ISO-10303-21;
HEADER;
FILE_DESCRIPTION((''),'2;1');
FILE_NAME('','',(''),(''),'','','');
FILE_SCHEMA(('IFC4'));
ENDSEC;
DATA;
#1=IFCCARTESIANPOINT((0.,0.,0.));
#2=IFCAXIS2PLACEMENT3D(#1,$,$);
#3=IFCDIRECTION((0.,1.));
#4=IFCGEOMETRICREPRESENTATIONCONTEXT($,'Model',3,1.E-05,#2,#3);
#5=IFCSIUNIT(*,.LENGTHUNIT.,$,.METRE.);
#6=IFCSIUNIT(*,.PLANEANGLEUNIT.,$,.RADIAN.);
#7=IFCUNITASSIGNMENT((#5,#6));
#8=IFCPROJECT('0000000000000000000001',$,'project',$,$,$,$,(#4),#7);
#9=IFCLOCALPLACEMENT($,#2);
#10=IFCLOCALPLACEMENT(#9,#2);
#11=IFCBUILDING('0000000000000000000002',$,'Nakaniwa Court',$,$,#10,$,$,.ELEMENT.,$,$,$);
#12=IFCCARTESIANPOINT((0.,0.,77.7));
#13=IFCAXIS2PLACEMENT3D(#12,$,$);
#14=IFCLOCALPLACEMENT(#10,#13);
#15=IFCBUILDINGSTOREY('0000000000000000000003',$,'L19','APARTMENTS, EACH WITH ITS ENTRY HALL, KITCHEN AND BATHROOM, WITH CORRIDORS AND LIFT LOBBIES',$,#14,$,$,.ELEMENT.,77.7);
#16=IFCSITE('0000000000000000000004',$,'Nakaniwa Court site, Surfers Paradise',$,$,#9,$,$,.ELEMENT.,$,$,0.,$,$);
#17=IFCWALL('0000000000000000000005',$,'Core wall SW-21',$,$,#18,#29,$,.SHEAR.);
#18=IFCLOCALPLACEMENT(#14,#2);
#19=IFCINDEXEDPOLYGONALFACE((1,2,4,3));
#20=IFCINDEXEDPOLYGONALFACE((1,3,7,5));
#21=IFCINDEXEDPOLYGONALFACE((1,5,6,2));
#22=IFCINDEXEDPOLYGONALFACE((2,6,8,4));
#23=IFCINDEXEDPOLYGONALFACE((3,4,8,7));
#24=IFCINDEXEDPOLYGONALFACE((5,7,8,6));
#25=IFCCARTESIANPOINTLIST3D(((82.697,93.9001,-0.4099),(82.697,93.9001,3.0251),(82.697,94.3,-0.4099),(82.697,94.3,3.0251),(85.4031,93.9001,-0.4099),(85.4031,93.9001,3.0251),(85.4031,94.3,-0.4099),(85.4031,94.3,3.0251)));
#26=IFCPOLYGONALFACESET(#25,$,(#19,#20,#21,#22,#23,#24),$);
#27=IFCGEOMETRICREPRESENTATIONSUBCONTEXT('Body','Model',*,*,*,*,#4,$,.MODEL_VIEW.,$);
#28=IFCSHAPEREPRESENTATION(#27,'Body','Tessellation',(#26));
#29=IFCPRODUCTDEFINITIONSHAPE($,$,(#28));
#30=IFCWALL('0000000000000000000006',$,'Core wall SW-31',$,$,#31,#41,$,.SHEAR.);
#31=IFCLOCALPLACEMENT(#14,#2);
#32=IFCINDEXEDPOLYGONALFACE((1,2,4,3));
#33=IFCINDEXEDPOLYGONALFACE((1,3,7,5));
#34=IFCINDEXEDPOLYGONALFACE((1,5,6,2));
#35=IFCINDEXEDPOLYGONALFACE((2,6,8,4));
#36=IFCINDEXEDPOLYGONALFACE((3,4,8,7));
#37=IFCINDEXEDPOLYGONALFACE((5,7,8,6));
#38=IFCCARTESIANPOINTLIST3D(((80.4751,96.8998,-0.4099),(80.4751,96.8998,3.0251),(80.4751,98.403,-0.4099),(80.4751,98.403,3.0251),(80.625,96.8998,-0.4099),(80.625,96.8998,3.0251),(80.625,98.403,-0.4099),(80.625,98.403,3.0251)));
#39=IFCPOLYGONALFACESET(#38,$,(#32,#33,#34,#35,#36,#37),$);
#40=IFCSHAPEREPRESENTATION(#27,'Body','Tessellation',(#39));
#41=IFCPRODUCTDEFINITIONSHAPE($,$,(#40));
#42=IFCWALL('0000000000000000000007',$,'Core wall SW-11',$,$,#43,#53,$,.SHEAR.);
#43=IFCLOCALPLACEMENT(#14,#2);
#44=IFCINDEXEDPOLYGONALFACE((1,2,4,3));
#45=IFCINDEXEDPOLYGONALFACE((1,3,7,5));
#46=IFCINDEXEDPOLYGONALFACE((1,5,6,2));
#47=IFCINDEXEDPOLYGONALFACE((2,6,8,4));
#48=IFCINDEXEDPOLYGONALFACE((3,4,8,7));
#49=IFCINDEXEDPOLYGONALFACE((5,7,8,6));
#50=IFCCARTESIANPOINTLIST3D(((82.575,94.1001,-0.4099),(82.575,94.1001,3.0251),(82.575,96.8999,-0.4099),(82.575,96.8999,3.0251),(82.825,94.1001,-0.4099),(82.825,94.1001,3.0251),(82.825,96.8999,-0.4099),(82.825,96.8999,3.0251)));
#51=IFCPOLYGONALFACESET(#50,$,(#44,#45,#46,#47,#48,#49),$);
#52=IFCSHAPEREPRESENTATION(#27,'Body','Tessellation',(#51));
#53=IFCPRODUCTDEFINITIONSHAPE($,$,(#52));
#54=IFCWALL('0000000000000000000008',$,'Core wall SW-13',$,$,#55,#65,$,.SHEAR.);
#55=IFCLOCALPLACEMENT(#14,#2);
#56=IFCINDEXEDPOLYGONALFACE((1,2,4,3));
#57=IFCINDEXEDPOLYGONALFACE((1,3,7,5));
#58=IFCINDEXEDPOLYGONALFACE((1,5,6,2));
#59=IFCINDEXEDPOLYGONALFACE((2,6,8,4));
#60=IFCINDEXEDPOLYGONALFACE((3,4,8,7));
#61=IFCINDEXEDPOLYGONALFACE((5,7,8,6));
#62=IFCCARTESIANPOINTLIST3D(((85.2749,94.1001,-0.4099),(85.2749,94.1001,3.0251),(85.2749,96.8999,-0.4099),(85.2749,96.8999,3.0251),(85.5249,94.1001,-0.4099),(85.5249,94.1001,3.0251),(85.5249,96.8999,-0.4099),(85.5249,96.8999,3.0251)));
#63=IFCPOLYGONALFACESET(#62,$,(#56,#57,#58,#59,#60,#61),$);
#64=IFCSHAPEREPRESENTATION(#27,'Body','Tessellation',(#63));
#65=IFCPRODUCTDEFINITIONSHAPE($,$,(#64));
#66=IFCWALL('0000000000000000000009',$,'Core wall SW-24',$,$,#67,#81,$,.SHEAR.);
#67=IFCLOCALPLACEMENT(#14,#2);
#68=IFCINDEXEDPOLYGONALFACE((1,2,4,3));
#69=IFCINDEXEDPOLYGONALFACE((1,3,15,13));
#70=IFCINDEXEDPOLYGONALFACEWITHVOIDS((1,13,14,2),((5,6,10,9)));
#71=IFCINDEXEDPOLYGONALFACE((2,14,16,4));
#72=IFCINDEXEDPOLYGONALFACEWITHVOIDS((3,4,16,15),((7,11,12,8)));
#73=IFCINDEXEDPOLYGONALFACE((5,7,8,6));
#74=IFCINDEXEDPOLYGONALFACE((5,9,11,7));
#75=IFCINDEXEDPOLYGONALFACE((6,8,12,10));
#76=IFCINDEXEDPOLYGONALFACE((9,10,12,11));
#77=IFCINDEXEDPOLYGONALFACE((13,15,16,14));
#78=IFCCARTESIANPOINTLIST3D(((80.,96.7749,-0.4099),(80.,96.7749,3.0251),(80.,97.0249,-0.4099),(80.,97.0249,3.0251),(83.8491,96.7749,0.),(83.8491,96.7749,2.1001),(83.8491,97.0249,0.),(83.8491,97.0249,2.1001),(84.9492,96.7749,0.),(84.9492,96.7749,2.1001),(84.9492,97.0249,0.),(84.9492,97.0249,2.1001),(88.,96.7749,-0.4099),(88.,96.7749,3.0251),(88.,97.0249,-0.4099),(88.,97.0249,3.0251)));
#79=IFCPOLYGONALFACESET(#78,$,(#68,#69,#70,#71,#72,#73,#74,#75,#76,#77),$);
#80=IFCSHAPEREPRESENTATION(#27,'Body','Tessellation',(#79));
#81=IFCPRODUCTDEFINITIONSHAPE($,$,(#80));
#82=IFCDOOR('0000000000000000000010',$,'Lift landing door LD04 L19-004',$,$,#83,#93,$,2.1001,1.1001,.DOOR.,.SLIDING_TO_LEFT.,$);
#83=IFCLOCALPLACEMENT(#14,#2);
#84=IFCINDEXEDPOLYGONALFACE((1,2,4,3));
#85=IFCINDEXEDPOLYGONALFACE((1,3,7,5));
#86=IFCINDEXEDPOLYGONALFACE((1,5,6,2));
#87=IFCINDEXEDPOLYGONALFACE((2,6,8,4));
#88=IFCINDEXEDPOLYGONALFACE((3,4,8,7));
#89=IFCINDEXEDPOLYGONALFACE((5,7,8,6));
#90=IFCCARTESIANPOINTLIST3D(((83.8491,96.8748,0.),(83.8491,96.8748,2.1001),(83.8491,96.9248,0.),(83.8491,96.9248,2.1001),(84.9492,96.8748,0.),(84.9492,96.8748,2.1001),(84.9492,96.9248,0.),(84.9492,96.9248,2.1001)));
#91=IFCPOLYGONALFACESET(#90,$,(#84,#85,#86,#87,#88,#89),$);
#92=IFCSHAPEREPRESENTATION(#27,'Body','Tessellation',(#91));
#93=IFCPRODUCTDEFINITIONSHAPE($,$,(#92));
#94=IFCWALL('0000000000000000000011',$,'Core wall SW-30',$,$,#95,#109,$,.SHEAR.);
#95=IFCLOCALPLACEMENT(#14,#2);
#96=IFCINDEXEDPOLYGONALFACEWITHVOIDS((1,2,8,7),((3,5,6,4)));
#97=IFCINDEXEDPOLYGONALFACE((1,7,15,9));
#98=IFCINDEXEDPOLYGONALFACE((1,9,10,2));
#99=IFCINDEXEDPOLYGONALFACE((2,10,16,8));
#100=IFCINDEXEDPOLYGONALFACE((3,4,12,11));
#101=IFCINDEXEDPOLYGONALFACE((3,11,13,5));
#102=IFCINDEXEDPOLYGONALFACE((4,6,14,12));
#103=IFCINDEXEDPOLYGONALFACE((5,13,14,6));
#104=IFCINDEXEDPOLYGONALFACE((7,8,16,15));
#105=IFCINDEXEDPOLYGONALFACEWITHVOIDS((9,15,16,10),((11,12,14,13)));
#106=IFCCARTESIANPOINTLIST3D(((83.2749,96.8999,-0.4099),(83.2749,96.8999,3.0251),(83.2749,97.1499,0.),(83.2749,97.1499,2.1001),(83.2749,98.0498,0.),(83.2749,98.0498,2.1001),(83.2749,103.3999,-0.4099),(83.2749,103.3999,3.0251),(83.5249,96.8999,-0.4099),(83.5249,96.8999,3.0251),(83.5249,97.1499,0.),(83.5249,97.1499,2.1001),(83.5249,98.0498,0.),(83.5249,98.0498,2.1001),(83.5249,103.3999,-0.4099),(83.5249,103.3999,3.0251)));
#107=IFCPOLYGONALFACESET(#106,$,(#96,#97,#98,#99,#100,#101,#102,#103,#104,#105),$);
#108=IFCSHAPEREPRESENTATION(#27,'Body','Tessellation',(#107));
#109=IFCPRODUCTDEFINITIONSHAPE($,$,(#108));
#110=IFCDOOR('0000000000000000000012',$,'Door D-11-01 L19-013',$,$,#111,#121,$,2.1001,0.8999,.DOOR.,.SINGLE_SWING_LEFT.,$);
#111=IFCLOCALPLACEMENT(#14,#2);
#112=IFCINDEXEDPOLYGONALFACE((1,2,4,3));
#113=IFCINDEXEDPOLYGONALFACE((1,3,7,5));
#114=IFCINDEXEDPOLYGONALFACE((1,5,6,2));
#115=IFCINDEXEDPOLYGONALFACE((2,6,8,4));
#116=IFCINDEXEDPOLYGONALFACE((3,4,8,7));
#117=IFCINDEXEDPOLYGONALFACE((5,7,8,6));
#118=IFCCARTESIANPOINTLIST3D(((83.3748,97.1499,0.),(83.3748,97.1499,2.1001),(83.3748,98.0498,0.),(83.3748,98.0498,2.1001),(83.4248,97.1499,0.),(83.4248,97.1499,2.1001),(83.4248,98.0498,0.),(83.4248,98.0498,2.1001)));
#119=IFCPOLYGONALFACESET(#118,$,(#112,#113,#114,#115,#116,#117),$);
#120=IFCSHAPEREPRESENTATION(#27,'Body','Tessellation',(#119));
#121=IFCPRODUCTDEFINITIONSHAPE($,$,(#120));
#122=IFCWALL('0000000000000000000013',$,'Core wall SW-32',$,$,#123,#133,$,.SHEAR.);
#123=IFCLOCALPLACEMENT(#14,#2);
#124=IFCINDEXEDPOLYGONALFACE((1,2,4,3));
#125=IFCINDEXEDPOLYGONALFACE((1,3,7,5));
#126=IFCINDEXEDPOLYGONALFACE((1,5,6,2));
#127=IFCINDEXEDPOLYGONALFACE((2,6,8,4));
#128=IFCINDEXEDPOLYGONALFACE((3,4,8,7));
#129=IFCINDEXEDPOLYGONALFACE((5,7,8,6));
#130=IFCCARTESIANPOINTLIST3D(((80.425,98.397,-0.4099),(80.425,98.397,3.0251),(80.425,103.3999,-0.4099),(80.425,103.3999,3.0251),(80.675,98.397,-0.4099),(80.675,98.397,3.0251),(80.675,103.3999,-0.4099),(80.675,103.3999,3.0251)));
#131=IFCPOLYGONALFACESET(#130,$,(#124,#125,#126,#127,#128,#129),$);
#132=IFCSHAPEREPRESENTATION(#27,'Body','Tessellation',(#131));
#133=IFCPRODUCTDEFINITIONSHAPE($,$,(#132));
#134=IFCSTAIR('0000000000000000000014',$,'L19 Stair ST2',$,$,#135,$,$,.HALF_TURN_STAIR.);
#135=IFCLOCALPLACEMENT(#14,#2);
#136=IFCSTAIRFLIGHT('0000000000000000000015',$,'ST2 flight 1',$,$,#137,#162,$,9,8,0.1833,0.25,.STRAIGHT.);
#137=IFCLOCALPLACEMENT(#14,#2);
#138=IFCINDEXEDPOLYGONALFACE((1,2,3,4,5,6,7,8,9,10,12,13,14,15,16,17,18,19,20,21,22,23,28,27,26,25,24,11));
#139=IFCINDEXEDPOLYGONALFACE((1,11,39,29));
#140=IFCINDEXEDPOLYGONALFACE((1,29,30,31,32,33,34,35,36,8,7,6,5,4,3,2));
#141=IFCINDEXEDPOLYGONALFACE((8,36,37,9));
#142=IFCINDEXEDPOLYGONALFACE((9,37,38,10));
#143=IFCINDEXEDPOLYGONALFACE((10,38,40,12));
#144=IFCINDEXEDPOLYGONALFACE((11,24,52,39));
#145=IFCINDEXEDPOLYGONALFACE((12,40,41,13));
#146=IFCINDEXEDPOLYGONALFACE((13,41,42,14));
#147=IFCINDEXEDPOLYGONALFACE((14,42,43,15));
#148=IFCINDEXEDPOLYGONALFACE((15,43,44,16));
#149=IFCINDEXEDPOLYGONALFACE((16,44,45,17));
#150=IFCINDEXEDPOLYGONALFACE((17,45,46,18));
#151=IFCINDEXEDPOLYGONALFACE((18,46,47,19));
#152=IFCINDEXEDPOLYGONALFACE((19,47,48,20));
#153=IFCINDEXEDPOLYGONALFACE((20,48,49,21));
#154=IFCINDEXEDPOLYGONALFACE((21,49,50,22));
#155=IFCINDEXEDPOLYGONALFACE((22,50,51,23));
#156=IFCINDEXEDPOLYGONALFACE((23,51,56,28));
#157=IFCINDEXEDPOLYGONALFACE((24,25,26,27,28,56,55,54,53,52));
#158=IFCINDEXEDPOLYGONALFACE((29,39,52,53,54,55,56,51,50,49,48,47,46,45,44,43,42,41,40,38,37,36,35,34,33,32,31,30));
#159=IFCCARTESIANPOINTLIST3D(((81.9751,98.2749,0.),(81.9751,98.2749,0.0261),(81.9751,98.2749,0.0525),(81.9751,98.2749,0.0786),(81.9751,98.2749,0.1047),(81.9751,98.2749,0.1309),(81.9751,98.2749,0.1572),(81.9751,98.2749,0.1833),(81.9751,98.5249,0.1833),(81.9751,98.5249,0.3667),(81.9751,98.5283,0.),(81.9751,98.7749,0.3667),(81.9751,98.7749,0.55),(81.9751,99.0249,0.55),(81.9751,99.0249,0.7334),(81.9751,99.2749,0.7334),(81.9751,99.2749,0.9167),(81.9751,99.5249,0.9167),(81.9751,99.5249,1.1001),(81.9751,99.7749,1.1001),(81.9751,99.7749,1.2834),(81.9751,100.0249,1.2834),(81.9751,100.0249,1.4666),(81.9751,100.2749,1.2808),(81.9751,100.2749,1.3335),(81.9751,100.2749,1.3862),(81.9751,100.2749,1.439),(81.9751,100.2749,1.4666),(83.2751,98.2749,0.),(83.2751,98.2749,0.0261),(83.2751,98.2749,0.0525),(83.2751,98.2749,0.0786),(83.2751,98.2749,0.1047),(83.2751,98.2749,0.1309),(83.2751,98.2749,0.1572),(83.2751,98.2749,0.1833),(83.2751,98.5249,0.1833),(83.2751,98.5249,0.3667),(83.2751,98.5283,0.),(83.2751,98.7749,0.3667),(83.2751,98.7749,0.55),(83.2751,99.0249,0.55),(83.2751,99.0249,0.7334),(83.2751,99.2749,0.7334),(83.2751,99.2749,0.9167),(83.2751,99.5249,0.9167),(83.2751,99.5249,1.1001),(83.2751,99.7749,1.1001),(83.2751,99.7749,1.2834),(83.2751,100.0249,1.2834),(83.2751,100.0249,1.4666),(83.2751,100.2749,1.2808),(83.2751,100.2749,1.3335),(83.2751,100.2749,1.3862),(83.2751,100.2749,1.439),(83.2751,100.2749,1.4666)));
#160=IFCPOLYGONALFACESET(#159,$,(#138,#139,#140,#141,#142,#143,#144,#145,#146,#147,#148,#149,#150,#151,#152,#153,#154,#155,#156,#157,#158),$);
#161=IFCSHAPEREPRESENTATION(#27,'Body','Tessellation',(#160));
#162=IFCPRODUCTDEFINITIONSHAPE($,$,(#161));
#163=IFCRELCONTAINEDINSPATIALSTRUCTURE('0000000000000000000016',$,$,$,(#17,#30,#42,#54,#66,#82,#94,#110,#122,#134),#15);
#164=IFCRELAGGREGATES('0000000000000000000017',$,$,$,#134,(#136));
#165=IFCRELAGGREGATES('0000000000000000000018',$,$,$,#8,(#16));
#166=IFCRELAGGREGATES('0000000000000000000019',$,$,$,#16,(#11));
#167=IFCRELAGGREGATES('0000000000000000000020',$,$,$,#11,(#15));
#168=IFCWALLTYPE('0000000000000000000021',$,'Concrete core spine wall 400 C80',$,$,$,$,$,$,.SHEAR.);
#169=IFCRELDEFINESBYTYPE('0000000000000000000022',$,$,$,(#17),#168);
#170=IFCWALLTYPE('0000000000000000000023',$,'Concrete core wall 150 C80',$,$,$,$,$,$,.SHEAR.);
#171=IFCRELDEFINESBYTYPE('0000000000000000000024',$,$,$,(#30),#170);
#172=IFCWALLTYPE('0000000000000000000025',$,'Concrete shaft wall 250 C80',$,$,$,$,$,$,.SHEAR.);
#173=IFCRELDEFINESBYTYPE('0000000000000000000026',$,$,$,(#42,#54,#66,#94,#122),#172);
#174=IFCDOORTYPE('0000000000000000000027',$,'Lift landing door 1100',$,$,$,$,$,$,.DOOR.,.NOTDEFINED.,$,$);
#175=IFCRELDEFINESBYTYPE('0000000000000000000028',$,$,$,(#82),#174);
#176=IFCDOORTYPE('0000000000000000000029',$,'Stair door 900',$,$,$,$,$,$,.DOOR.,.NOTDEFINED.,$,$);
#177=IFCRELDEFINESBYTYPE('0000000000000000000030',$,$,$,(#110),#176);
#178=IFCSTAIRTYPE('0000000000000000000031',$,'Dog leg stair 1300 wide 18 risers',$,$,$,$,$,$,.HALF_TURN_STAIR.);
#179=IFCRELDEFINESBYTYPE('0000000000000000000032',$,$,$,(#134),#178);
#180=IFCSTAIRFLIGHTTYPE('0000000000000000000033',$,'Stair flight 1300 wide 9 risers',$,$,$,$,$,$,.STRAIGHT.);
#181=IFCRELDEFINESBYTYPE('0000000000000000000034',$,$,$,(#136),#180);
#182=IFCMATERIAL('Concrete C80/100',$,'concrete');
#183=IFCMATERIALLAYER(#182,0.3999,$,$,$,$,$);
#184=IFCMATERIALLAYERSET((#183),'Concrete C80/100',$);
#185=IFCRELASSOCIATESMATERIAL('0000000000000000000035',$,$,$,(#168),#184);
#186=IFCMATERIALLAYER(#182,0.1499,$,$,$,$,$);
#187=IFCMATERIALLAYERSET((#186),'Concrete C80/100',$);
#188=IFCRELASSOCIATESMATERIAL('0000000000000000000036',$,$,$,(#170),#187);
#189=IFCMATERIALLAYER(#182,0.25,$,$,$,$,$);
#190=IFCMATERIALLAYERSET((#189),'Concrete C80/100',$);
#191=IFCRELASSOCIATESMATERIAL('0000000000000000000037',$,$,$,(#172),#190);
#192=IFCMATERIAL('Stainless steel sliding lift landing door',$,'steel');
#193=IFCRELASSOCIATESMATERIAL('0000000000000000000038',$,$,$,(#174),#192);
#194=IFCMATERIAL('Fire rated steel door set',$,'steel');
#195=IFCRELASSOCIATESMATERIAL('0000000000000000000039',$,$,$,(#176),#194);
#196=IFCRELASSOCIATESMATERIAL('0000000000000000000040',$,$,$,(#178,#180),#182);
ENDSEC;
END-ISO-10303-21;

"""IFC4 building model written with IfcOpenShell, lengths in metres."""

from ifc_helpers import new_model, si_unit, direction, frame, frame_2d, origin, place, context, subcontext, project, spatial, polyline, rectangle, outline, extrude, material, layer, layer_set, type_object, element, fill, aggregate, save


model = new_model("IFC4")

# Units and contexts
model_context = context("Model", 3, precision=1e-05, world=origin(), true_north=direction((0.0, 1.0)))
body_context = subcontext(model_context, "Body", "Model", "MODEL_VIEW")
ifc_project = project(units=[si_unit("LENGTHUNIT", "METRE"), si_unit("PLANEANGLEUNIT", "RADIAN")], contexts=[model_context])

# Site, building, storey
site_placement = place(None, origin())
site = spatial("IfcSite", under=ifc_project, at=site_placement, Name="Nakaniwa Court site, Surfers Paradise", CompositionType="ELEMENT", RefElevation=0.0)
building_placement = place(site_placement, origin())
building = spatial("IfcBuilding", under=site, at=building_placement, Name="Nakaniwa Court", CompositionType="ELEMENT")
storey_placement = place(building_placement, frame((0.0, 0.0, 77.7)))
storey = spatial("IfcBuildingStorey", under=building, at=storey_placement, Name="L19", Description="APARTMENTS, EACH WITH ITS ENTRY HALL, KITCHEN AND BATHROOM, WITH CORRIDORS AND LIFT LOBBIES", CompositionType="ELEMENT", Elevation=77.7)

# Shared definitions
ifc_material_1 = material(Name="Concrete C80/100", Category="concrete")

# Shared definitions
ifc_material_2 = material(Name="Fire rated steel door set", Category="steel")

# Walls
ifc_layer_1 = layer(ifc_material_1, 0.3999)
ifc_layer_set_1 = layer_set([ifc_layer_1], Name="Concrete C80/100")
wall_type_1 = type_object("IfcWallType", Name="Concrete core spine wall 400 C80", PredefinedType="SHEAR", material=ifc_layer_set_1)
wall_1_placement = place(storey_placement, frame((82.697, 94.1001, -0.4099), z_axis=(0.0, 0.0, 1.0), x_axis=(1.0, 0.0, 0.0)))
element("IfcWall", 1, at=wall_1_placement, inside=storey, type_object=wall_type_1, Name="Core wall SW-21", PredefinedType="SHEAR", context=body_context, shape_type="SweptSolid", body=[
    extrude(rectangle(XDim=2.7061, YDim=0.3999, at=frame_2d((1.353, 0.0))), origin(), (0.0, 0.0, 1.0), 3.4351),
])
ifc_layer_2 = layer(ifc_material_1, 0.1499)
ifc_layer_set_2 = layer_set([ifc_layer_2], Name="Concrete C80/100")
wall_type_2 = type_object("IfcWallType", Name="Concrete core wall 150 C80", PredefinedType="SHEAR", material=ifc_layer_set_2)
wall_2_placement = place(storey_placement, frame((80.55, 96.8999, -0.4099), z_axis=(0.0, 0.0, 1.0), x_axis=(0.0, 1.0, 0.0)))
element("IfcWall", 2, at=wall_2_placement, inside=storey, type_object=wall_type_2, Name="Core wall SW-31", PredefinedType="SHEAR", context=body_context, shape_type="SweptSolid", body=[
    extrude(rectangle(XDim=1.5032, YDim=0.1499, at=frame_2d((0.7515, 0.0))), origin(), (0.0, 0.0, 1.0), 3.4351),
])
ifc_layer_3 = layer(ifc_material_1, 0.25)
ifc_layer_set_3 = layer_set([ifc_layer_3], Name="Concrete C80/100")
wall_type_3 = type_object("IfcWallType", Name="Concrete shaft wall 250 C80", PredefinedType="SHEAR", material=ifc_layer_set_3)
for number, where, z_axis, x_axis, name in (
    (3, (82.7, 94.1001, -0.4099), (0.0, 0.0, 1.0), (0.0, 1.0, 0.0), "Core wall SW-11"),
    (4, (85.3999, 94.1001, -0.4099), (0.0, 0.0, 1.0), (0.0, 1.0, 0.0), "Core wall SW-13"),
):
    element("IfcWall", number, at=place(storey_placement, frame(where, z_axis=z_axis, x_axis=x_axis)), inside=storey, type_object=wall_type_3, Name=name, PredefinedType="SHEAR", context=body_context, shape_type="SweptSolid", body=[
        extrude(rectangle(XDim=2.7998, YDim=0.25, at=frame_2d((1.3999, 0.0))), origin(), (0.0, 0.0, 1.0), 3.4351),
    ])

# Walls, openings, doors
wall_3_placement = place(storey_placement, frame((80.0, 96.8999, -0.4099), z_axis=(0.0, 0.0, 1.0), x_axis=(1.0, 0.0, 0.0)))
wall_3 = element("IfcWall", 5, at=wall_3_placement, inside=storey, type_object=wall_type_3, Name="Core wall SW-24", PredefinedType="SHEAR", context=body_context, shape_type="SweptSolid", body=[
    extrude(rectangle(XDim=8.0, YDim=0.25, at=frame_2d((4.0, 0.0))), origin(), (0.0, 0.0, 1.0), 3.4351),
])
opening_1_placement = place(wall_3_placement, frame((3.8491, 0.0, 0.4099)))
opening_1 = element("IfcOpeningElement", 6, at=opening_1_placement, cuts=wall_3, PredefinedType="OPENING", context=body_context, shape_type="SweptSolid", body=[
    extrude(rectangle(XDim=1.1001, YDim=2.1001, at=frame_2d((0.55, 1.05))), frame((0.0, 0.135, 0.0), z_axis=(0.0, -1.0, 0.0), x_axis=(1.0, 0.0, 0.0)), (0.0, 0.0, 1.0), 0.27),
])
ifc_material_3 = material(Name="Stainless steel sliding lift landing door", Category="steel")
door_type_1 = type_object("IfcDoorType", Name="Lift landing door 1100", OperationType="NOTDEFINED", PredefinedType="DOOR", material=ifc_material_3)
door_1_placement = place(opening_1_placement, origin())
door_1 = element("IfcDoor", 7, at=door_1_placement, inside=storey, type_object=door_type_1, Name="Lift landing door LD04 L19-004", OperationType="SLIDING_TO_LEFT", OverallHeight=2.1001, OverallWidth=1.1001, PredefinedType="DOOR", context=body_context, shape_type="SweptSolid", body=[
    extrude(rectangle(XDim=1.1001, YDim=2.1001, at=frame_2d((0.55, 1.05))), frame((0.0, 0.0249, 0.0), z_axis=(0.0, -1.0, 0.0), x_axis=(1.0, 0.0, 0.0)), (0.0, 0.0, 1.0), 0.05),
])
fill(opening_1, door_1)
wall_4_placement = place(storey_placement, frame((83.3999, 103.3999, -0.4099), z_axis=(0.0, 0.0, 1.0), x_axis=(0.0, -1.0, 0.0)))
wall_4 = element("IfcWall", 8, at=wall_4_placement, inside=storey, type_object=wall_type_3, Name="Core wall SW-30", PredefinedType="SHEAR", context=body_context, shape_type="SweptSolid", body=[
    extrude(rectangle(XDim=6.5, YDim=0.25, at=frame_2d((3.25, 0.0))), origin(), (0.0, 0.0, 1.0), 3.4351),
])
opening_2_placement = place(wall_4_placement, frame((5.3501, 0.0, 0.4099)))
opening_2 = element("IfcOpeningElement", 9, at=opening_2_placement, cuts=wall_4, PredefinedType="OPENING", context=body_context, shape_type="SweptSolid", body=[
    extrude(rectangle(XDim=0.8999, YDim=2.1001, at=frame_2d((0.45, 1.05))), frame((0.0, 0.135, 0.0), z_axis=(0.0, -1.0, 0.0), x_axis=(1.0, 0.0, 0.0)), (0.0, 0.0, 1.0), 0.27),
])
door_type_2 = type_object("IfcDoorType", Name="Stair door 900", OperationType="NOTDEFINED", PredefinedType="DOOR", material=ifc_material_2)
door_2_placement = place(opening_2_placement, origin())
door_2 = element("IfcDoor", 10, at=door_2_placement, inside=storey, type_object=door_type_2, Name="Door D-11-01 L19-013", OperationType="SINGLE_SWING_LEFT", OverallHeight=2.1001, OverallWidth=0.8999, PredefinedType="DOOR", context=body_context, shape_type="SweptSolid", body=[
    extrude(rectangle(XDim=0.8999, YDim=2.1001, at=frame_2d((0.45, 1.05))), frame((0.0, 0.0249, 0.0), z_axis=(0.0, -1.0, 0.0), x_axis=(1.0, 0.0, 0.0)), (0.0, 0.0, 1.0), 0.05),
])
fill(opening_2, door_2)

# Wall
wall_5_placement = place(storey_placement, frame((80.55, 98.397, -0.4099), z_axis=(0.0, 0.0, 1.0), x_axis=(0.0, 1.0, 0.0)))
element("IfcWall", 11, at=wall_5_placement, inside=storey, type_object=wall_type_3, Name="Core wall SW-32", PredefinedType="SHEAR", context=body_context, shape_type="SweptSolid", body=[
    extrude(rectangle(XDim=5.0029, YDim=0.25, at=frame_2d((2.5015, 0.0))), origin(), (0.0, 0.0, 1.0), 3.4351),
])

# Stair, stair flight
stair_type = type_object("IfcStairType", Name="Dog leg stair 1300 wide 18 risers", PredefinedType="HALF_TURN_STAIR", material=ifc_material_1)
stair_placement = place(storey_placement, origin())
stair = element("IfcStair", 12, at=stair_placement, inside=storey, type_object=stair_type, Name="L19 Stair ST2", PredefinedType="HALF_TURN_STAIR")
stair_flight_type = type_object("IfcStairFlightType", Name="Stair flight 1300 wide 9 risers", PredefinedType="STRAIGHT", material=ifc_material_1)
stair_flight_1_placement = place(storey_placement, frame((82.625, 98.2749, 0.0), z_axis=(0.0, 0.0, 1.0), x_axis=(0.0, 1.0, 0.0)))
stair_flight_1 = element("IfcStairFlight", 13, at=stair_flight_1_placement, type_object=stair_flight_type, Name="ST2 flight 1", NumberOfRisers=9, NumberOfTreads=8, PredefinedType="STRAIGHT", RiserHeight=0.1833, TreadLength=0.25, context=body_context, shape_type="SweptSolid", body=[
    extrude(outline(polyline([(0.0, 0.0), (0.0, 0.0261), (0.0, 0.0525), (0.0, 0.0786), (0.0, 0.1047), (0.0, 0.1309), (0.0, 0.1572), (0.0, 0.1833), (0.25, 0.1833), (0.25, 0.3667), (0.5, 0.3667), (0.5, 0.55), (0.75, 0.55), (0.75, 0.7334), (1.0, 0.7334), (1.0, 0.9167), (1.25, 0.9167), (1.25, 1.1001), (1.5, 1.1001), (1.5, 1.2834), (1.75, 1.2834), (1.75, 1.4666), (2.0, 1.4666), (2.0, 1.6499), (2.0, 1.5972), (2.0, 1.5444), (2.0, 1.4917), (2.0, 1.439), (2.0, 1.3862), (2.0, 1.3335), (2.0, 1.2808), (0.2534, 0.0), (0.0, 0.0)])), frame((0.0, 0.6499, 0.0), z_axis=(0.0, -1.0, 0.0), x_axis=(1.0, 0.0, 0.0)), (0.0, 0.0, 1.0), 1.3),
])
aggregate(stair, [stair_flight_1])

save(model, "model.ifc")
